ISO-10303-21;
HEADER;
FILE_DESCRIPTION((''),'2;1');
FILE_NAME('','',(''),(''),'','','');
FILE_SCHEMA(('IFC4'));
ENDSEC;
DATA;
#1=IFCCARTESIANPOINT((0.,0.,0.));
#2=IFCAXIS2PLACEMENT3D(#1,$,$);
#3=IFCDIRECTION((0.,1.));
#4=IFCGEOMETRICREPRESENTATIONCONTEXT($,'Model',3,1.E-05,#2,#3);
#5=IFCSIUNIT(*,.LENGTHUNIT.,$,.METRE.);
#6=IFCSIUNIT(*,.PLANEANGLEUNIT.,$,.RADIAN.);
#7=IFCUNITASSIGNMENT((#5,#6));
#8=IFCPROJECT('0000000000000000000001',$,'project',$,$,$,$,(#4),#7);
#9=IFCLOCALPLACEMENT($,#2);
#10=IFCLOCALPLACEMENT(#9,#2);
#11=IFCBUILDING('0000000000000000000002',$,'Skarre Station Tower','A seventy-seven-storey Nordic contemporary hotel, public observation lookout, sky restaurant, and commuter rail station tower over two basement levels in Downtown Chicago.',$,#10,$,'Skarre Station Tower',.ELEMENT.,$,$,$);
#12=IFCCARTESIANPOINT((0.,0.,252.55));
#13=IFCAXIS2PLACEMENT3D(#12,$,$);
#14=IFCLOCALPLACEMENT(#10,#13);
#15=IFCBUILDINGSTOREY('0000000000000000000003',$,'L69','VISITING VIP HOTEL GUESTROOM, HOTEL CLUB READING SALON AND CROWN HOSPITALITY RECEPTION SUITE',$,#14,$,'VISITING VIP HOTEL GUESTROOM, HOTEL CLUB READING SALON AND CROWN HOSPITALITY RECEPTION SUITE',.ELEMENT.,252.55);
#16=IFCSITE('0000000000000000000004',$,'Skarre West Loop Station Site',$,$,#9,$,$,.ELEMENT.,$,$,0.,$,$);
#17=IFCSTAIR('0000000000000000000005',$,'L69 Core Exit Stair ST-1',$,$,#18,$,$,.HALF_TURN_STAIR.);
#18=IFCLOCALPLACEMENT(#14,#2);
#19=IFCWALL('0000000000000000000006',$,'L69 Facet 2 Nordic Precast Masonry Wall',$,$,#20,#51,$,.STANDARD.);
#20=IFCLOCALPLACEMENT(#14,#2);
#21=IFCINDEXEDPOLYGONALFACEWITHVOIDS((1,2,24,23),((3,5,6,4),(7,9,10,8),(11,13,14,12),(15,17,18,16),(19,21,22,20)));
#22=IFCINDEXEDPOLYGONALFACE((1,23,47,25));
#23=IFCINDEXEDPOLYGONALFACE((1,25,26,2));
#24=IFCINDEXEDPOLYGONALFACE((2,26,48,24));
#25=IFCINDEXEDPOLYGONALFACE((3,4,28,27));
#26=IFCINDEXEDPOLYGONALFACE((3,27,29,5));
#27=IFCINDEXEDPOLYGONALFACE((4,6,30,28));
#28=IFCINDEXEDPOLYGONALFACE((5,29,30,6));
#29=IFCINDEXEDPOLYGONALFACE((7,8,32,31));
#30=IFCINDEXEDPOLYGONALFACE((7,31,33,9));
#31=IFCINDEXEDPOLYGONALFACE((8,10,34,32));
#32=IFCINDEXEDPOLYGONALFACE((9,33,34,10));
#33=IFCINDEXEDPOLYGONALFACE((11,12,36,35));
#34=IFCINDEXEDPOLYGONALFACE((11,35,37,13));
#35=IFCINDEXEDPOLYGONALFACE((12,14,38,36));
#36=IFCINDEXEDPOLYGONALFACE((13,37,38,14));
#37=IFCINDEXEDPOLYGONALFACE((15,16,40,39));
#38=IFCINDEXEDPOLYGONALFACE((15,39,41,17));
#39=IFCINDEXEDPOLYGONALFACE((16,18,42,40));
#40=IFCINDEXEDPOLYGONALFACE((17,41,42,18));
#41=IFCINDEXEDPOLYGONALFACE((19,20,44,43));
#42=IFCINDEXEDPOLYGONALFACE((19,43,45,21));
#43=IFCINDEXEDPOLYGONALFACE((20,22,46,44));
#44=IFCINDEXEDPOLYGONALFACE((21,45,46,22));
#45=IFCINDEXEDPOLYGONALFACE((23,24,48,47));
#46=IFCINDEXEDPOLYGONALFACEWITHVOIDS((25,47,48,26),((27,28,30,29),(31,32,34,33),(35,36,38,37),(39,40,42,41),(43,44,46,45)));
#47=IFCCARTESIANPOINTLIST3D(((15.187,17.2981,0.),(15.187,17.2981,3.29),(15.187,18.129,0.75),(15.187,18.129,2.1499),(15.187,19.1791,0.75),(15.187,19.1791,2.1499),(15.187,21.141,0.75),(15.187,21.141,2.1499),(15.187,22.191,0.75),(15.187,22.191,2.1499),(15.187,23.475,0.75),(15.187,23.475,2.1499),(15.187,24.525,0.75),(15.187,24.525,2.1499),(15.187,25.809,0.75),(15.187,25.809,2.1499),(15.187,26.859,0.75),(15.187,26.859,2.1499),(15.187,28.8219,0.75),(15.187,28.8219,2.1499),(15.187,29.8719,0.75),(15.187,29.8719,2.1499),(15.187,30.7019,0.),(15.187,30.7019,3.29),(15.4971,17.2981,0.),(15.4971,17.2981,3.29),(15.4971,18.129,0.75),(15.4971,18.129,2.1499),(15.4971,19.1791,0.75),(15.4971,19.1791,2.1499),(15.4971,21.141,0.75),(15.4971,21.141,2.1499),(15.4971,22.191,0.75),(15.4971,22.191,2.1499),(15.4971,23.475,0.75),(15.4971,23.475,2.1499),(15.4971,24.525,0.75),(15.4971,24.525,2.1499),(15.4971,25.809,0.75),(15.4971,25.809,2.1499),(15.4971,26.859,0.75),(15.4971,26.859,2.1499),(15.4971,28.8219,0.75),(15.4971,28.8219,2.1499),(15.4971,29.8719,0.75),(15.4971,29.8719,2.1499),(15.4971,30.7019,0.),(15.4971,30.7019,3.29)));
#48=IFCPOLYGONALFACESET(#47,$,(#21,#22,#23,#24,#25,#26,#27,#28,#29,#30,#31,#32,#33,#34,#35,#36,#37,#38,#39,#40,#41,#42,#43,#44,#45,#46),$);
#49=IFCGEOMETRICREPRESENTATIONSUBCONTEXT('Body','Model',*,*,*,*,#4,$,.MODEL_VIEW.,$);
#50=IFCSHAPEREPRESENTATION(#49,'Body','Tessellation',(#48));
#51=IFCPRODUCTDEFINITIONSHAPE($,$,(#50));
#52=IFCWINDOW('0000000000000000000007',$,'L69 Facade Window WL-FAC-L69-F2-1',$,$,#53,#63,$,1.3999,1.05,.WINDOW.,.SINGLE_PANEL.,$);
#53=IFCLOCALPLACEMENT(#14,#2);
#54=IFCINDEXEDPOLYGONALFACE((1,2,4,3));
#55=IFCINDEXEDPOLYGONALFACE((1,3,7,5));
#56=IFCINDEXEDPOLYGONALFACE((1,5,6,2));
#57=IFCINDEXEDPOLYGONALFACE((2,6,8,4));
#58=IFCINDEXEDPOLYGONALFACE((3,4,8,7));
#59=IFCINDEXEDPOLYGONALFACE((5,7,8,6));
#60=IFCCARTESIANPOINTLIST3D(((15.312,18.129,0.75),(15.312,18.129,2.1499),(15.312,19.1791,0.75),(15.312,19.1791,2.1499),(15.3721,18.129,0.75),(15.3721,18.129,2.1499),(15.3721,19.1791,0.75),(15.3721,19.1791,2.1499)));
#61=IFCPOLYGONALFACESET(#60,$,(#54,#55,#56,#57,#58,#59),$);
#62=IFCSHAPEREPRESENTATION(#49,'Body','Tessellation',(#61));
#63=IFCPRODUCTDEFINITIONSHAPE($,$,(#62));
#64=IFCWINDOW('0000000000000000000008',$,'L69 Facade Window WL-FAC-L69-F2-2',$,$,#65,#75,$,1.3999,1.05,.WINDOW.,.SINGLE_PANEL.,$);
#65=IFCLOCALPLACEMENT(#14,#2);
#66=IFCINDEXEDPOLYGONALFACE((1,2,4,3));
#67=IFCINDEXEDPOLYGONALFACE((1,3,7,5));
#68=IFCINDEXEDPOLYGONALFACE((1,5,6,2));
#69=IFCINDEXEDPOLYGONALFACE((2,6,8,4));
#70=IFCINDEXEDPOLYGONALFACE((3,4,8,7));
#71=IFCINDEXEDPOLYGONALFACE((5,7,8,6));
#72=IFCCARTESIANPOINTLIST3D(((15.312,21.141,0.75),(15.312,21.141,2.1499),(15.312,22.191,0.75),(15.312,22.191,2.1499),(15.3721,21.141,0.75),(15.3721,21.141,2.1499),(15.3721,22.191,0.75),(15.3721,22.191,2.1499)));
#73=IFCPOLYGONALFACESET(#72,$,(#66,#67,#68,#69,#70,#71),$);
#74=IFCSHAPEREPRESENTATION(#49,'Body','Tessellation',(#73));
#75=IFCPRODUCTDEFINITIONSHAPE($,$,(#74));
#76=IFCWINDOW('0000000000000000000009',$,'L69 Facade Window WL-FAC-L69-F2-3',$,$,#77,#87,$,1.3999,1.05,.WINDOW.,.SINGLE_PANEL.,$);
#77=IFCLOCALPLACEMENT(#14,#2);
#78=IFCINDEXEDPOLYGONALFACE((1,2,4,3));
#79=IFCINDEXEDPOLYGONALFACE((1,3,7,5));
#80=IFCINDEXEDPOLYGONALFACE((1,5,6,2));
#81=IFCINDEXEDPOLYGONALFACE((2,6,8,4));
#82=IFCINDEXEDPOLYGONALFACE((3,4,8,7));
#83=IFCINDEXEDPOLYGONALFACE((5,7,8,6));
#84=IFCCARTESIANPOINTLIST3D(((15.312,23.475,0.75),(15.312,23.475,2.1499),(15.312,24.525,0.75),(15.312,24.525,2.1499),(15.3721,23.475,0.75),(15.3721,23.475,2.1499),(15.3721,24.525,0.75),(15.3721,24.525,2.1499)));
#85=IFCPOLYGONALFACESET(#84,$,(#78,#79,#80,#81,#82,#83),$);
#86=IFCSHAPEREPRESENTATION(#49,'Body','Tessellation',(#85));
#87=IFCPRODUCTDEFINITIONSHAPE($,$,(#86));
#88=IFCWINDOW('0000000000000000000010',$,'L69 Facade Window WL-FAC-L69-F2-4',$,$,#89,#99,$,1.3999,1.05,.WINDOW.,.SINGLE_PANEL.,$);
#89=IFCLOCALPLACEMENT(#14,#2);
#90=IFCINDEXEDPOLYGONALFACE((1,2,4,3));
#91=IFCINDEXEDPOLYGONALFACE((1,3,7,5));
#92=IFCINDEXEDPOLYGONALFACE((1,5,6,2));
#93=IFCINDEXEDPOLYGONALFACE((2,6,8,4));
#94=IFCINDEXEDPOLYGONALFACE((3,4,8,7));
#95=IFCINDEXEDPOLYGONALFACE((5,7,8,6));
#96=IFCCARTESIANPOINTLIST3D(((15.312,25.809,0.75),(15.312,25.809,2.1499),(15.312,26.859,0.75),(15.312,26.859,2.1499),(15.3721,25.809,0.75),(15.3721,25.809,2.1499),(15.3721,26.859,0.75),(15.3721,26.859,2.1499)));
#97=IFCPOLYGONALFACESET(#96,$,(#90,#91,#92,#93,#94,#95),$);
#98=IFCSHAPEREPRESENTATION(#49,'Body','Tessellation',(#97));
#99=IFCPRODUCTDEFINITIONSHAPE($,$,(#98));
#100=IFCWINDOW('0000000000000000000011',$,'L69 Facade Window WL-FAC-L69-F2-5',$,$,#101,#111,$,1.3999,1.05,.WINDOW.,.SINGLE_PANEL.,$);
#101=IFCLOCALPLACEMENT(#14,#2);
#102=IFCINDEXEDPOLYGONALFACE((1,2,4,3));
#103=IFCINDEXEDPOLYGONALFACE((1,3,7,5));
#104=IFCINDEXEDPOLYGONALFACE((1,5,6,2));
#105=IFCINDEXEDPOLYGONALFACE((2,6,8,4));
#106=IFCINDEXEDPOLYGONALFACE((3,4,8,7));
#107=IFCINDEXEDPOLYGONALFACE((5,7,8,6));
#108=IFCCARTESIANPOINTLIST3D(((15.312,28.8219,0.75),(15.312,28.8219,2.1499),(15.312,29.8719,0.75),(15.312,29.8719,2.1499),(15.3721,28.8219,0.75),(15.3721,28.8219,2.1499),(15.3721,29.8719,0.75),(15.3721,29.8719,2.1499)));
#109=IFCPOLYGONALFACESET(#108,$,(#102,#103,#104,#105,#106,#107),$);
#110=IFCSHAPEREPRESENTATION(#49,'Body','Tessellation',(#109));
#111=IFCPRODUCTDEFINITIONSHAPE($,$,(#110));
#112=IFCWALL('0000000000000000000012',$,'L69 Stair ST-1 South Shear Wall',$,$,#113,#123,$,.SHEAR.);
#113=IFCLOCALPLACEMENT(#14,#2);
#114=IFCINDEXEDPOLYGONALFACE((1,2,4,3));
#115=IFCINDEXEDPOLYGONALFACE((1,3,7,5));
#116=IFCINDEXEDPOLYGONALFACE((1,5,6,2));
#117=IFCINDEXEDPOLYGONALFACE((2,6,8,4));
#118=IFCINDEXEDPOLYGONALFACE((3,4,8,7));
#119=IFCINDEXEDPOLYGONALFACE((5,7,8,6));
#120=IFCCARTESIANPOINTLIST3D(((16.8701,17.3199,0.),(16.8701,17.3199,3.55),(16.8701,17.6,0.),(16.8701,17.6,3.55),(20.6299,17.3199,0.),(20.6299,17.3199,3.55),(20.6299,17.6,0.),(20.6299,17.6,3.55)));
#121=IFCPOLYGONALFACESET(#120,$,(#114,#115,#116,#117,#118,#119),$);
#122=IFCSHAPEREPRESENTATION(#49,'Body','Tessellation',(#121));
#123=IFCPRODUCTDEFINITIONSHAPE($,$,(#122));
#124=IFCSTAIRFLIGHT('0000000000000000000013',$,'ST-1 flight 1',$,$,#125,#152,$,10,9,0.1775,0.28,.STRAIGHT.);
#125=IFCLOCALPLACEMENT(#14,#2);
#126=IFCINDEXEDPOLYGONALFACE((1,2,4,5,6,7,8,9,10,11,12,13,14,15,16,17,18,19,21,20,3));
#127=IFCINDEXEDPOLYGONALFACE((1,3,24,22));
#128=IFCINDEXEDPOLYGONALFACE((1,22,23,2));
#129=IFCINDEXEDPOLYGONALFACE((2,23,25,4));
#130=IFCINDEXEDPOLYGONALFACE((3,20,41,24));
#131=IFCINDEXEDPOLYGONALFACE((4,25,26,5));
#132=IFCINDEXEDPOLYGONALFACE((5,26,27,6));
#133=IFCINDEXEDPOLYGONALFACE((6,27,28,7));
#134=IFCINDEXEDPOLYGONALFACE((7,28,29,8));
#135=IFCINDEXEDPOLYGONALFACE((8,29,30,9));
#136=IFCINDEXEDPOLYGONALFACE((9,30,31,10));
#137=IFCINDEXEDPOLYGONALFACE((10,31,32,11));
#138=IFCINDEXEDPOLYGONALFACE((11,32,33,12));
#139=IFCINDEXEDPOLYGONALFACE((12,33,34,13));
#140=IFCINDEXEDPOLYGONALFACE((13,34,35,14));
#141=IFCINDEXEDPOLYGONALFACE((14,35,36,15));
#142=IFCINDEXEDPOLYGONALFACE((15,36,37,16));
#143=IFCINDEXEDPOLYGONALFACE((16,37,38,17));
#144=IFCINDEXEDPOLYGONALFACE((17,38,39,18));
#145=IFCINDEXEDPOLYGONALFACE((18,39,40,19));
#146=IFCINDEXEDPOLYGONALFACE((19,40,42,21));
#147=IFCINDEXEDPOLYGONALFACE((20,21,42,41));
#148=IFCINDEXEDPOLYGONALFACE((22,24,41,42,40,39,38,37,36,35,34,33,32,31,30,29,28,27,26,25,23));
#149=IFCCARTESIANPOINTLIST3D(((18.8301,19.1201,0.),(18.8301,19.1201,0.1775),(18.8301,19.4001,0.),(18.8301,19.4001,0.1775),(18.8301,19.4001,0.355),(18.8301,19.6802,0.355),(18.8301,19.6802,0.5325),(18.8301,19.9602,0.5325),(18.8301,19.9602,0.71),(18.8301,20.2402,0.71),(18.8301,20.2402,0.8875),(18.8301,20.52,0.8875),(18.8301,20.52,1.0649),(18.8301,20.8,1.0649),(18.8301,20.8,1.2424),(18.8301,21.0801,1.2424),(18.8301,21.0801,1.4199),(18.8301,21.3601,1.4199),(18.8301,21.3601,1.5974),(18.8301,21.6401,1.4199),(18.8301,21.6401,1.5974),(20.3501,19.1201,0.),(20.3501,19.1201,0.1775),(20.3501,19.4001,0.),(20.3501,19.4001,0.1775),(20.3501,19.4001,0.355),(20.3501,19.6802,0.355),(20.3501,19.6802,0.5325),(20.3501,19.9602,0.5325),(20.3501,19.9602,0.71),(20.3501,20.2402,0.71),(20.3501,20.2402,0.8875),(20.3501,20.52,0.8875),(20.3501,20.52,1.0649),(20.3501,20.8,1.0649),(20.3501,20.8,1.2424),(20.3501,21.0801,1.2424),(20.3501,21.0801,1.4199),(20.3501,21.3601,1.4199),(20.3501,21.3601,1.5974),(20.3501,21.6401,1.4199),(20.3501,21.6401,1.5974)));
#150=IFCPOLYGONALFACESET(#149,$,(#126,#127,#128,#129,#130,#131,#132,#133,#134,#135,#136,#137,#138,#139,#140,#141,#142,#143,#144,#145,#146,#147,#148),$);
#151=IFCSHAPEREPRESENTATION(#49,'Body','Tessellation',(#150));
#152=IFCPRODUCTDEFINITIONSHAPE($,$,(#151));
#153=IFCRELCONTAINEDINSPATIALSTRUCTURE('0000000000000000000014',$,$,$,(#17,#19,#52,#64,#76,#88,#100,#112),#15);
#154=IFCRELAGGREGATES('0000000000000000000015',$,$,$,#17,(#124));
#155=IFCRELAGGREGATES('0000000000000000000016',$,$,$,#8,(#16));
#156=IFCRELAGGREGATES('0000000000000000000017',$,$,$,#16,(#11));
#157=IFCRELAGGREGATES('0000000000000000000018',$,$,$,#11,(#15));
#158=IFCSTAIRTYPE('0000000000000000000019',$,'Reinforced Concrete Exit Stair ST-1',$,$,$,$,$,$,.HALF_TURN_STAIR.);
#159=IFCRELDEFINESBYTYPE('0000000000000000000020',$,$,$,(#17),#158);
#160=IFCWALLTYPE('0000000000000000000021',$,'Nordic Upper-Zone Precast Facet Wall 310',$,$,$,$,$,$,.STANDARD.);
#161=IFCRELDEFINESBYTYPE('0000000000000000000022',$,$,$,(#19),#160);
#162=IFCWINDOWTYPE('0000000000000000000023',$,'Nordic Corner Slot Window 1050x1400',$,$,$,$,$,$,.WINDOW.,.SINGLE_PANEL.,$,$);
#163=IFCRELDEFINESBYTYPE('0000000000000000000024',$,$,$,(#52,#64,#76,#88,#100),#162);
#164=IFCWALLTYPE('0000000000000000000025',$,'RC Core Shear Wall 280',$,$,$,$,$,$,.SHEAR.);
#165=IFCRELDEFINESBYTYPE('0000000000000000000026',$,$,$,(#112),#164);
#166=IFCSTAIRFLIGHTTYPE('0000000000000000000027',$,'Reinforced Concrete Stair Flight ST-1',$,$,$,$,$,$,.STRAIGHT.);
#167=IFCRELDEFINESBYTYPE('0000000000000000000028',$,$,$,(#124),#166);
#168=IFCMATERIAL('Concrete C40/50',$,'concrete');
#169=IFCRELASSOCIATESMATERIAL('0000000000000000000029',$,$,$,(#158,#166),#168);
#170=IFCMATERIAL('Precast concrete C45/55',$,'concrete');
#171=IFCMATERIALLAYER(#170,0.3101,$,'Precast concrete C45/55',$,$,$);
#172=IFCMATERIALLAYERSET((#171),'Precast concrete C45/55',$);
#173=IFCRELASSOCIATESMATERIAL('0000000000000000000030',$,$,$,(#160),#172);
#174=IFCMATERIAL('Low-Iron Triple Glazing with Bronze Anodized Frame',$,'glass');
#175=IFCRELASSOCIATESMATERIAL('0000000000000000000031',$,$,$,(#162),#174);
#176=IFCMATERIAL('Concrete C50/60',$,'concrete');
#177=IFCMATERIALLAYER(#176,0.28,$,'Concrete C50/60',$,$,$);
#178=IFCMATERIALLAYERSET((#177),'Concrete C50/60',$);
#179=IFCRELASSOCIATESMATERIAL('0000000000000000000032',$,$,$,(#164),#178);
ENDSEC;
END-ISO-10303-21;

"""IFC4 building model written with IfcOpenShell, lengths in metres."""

from ifc_helpers import new_model, si_unit, direction, frame, frame_2d, origin, place, context, subcontext, project, spatial, polyline, rectangle, outline, extrude, material, layer, layer_set, type_object, element, fill, aggregate, save


model = new_model("IFC4")

# Units and contexts
model_context = context("Model", 3, precision=1e-05, world=origin(), true_north=direction((0.0, 1.0)))
body_context = subcontext(model_context, "Body", "Model", "MODEL_VIEW")
ifc_project = project(units=[si_unit("LENGTHUNIT", "METRE"), si_unit("PLANEANGLEUNIT", "RADIAN")], contexts=[model_context])

# Site, building, storey
site_placement = place(None, origin())
site = spatial("IfcSite", under=ifc_project, at=site_placement, Name="Skarre West Loop Station Site", CompositionType="ELEMENT", RefElevation=0.0)
building_placement = place(site_placement, origin())
building = spatial("IfcBuilding", under=site, at=building_placement, Name="Skarre Station Tower", Description="A seventy-seven-storey Nordic contemporary hotel, public observation lookout, sky restaurant, and commuter rail station tower over two basement levels in Downtown Chicago.", LongName="Skarre Station Tower", CompositionType="ELEMENT")
storey_placement = place(building_placement, frame((0.0, 0.0, 252.55)))
storey = spatial("IfcBuildingStorey", under=building, at=storey_placement, Name="L69", Description="VISITING VIP HOTEL GUESTROOM, HOTEL CLUB READING SALON AND CROWN HOSPITALITY RECEPTION SUITE", LongName="VISITING VIP HOTEL GUESTROOM, HOTEL CLUB READING SALON AND CROWN HOSPITALITY RECEPTION SUITE", CompositionType="ELEMENT", Elevation=252.55)

# Shared definitions
ifc_material_1 = material(Name="Concrete C50/60", Category="concrete")

# Stair
ifc_material_2 = material(Name="Concrete C40/50", Category="concrete")
stair_type_1 = type_object("IfcStairType", Name="Reinforced Concrete Exit Stair ST-1", PredefinedType="HALF_TURN_STAIR", material=ifc_material_2)
stair_1_placement = place(storey_placement, origin())
stair_1 = element("IfcStair", 1, at=stair_1_placement, inside=storey, type_object=stair_type_1, Name="L69 Core Exit Stair ST-1", PredefinedType="HALF_TURN_STAIR")

# Shared definitions
ifc_material_3 = material(Name="Precast concrete C45/55", Category="concrete")

# Wall, openings, windows
ifc_layer_1 = layer(ifc_material_3, 0.3101, Name="Precast concrete C45/55")
ifc_layer_set_1 = layer_set([ifc_layer_1], Name="Precast concrete C45/55")
wall_type_1 = type_object("IfcWallType", Name="Nordic Upper-Zone Precast Facet Wall 310", PredefinedType="STANDARD", material=ifc_layer_set_1)
wall_1_placement = place(storey_placement, frame((15.342, 17.2981, 0.0), z_axis=(0.0, 0.0, 1.0), x_axis=(0.0, 1.0, 0.0)))
wall_1 = element("IfcWall", 2, at=wall_1_placement, inside=storey, type_object=wall_type_1, Name="L69 Facet 2 Nordic Precast Masonry Wall", PredefinedType="STANDARD", context=body_context, shape_type="SweptSolid", body=[
    extrude(rectangle(XDim=13.4038, YDim=0.3101, at=frame_2d((6.7019, 0.0))), origin(), (0.0, 0.0, 1.0), 3.29),
])
opening_1_placement = place(wall_1_placement, frame((0.8311, 0.0, 0.75)))
opening_1 = element("IfcOpeningElement", 3, at=opening_1_placement, cuts=wall_1, PredefinedType="OPENING", context=body_context, shape_type="SweptSolid", body=[
    extrude(rectangle(XDim=1.05, YDim=1.3999, at=frame_2d((0.5249, 0.7))), frame((0.0, 0.165, 0.0), z_axis=(0.0, -1.0, 0.0), x_axis=(1.0, 0.0, 0.0)), (0.0, 0.0, 1.0), 0.3301),
])
opening_2_placement = place(wall_1_placement, frame((3.843, 0.0, 0.75)))
opening_2 = element("IfcOpeningElement", 4, at=opening_2_placement, cuts=wall_1, PredefinedType="OPENING", context=body_context, shape_type="SweptSolid", body=[
    extrude(rectangle(XDim=1.05, YDim=1.3999, at=frame_2d((0.5249, 0.7))), frame((0.0, 0.165, 0.0), z_axis=(0.0, -1.0, 0.0), x_axis=(1.0, 0.0, 0.0)), (0.0, 0.0, 1.0), 0.3301),
])
opening_3_placement = place(wall_1_placement, frame((6.177, 0.0, 0.75)))
opening_3 = element("IfcOpeningElement", 5, at=opening_3_placement, cuts=wall_1, PredefinedType="OPENING", context=body_context, shape_type="SweptSolid", body=[
    extrude(rectangle(XDim=1.05, YDim=1.3999, at=frame_2d((0.5249, 0.7))), frame((0.0, 0.165, 0.0), z_axis=(0.0, -1.0, 0.0), x_axis=(1.0, 0.0, 0.0)), (0.0, 0.0, 1.0), 0.3301),
])
opening_4_placement = place(wall_1_placement, frame((8.511, 0.0, 0.75)))
opening_4 = element("IfcOpeningElement", 6, at=opening_4_placement, cuts=wall_1, PredefinedType="OPENING", context=body_context, shape_type="SweptSolid", body=[
    extrude(rectangle(XDim=1.05, YDim=1.3999, at=frame_2d((0.5249, 0.7))), frame((0.0, 0.165, 0.0), z_axis=(0.0, -1.0, 0.0), x_axis=(1.0, 0.0, 0.0)), (0.0, 0.0, 1.0), 0.3301),
])
opening_5_placement = place(wall_1_placement, frame((11.5239, 0.0, 0.75)))
opening_5 = element("IfcOpeningElement", 7, at=opening_5_placement, cuts=wall_1, PredefinedType="OPENING", context=body_context, shape_type="SweptSolid", body=[
    extrude(rectangle(XDim=1.05, YDim=1.3999, at=frame_2d((0.5249, 0.7))), frame((0.0, 0.165, 0.0), z_axis=(0.0, -1.0, 0.0), x_axis=(1.0, 0.0, 0.0)), (0.0, 0.0, 1.0), 0.3301),
])
ifc_material_4 = material(Name="Low-Iron Triple Glazing with Bronze Anodized Frame", Category="glass")
window_type = type_object("IfcWindowType", Name="Nordic Corner Slot Window 1050x1400", PartitioningType="SINGLE_PANEL", PredefinedType="WINDOW", material=ifc_material_4)
window_1_placement = place(opening_1_placement, origin())
window_1 = element("IfcWindow", 8, at=window_1_placement, inside=storey, type_object=window_type, Name="L69 Facade Window WL-FAC-L69-F2-1", OverallHeight=1.3999, OverallWidth=1.05, PartitioningType="SINGLE_PANEL", PredefinedType="WINDOW", context=body_context, shape_type="SweptSolid", body=[
    extrude(rectangle(XDim=1.05, YDim=1.3999, at=frame_2d((0.5249, 0.7))), frame((0.0, 0.03, 0.0), z_axis=(0.0, -1.0, 0.0), x_axis=(1.0, 0.0, 0.0)), (0.0, 0.0, 1.0), 0.0601),
])
fill(opening_1, window_1)
window_2_placement = place(opening_2_placement, origin())
window_2 = element("IfcWindow", 9, at=window_2_placement, inside=storey, type_object=window_type, Name="L69 Facade Window WL-FAC-L69-F2-2", OverallHeight=1.3999, OverallWidth=1.05, PartitioningType="SINGLE_PANEL", PredefinedType="WINDOW", context=body_context, shape_type="SweptSolid", body=[
    extrude(rectangle(XDim=1.05, YDim=1.3999, at=frame_2d((0.5249, 0.7))), frame((0.0, 0.03, 0.0), z_axis=(0.0, -1.0, 0.0), x_axis=(1.0, 0.0, 0.0)), (0.0, 0.0, 1.0), 0.0601),
])
fill(opening_2, window_2)
window_3_placement = place(opening_3_placement, origin())
window_3 = element("IfcWindow", 10, at=window_3_placement, inside=storey, type_object=window_type, Name="L69 Facade Window WL-FAC-L69-F2-3", OverallHeight=1.3999, OverallWidth=1.05, PartitioningType="SINGLE_PANEL", PredefinedType="WINDOW", context=body_context, shape_type="SweptSolid", body=[
    extrude(rectangle(XDim=1.05, YDim=1.3999, at=frame_2d((0.5249, 0.7))), frame((0.0, 0.03, 0.0), z_axis=(0.0, -1.0, 0.0), x_axis=(1.0, 0.0, 0.0)), (0.0, 0.0, 1.0), 0.0601),
])
fill(opening_3, window_3)
window_4_placement = place(opening_4_placement, origin())
window_4 = element("IfcWindow", 11, at=window_4_placement, inside=storey, type_object=window_type, Name="L69 Facade Window WL-FAC-L69-F2-4", OverallHeight=1.3999, OverallWidth=1.05, PartitioningType="SINGLE_PANEL", PredefinedType="WINDOW", context=body_context, shape_type="SweptSolid", body=[
    extrude(rectangle(XDim=1.05, YDim=1.3999, at=frame_2d((0.5249, 0.7))), frame((0.0, 0.03, 0.0), z_axis=(0.0, -1.0, 0.0), x_axis=(1.0, 0.0, 0.0)), (0.0, 0.0, 1.0), 0.0601),
])
fill(opening_4, window_4)
window_5_placement = place(opening_5_placement, origin())
window_5 = element("IfcWindow", 12, at=window_5_placement, inside=storey, type_object=window_type, Name="L69 Facade Window WL-FAC-L69-F2-5", OverallHeight=1.3999, OverallWidth=1.05, PartitioningType="SINGLE_PANEL", PredefinedType="WINDOW", context=body_context, shape_type="SweptSolid", body=[
    extrude(rectangle(XDim=1.05, YDim=1.3999, at=frame_2d((0.5249, 0.7))), frame((0.0, 0.03, 0.0), z_axis=(0.0, -1.0, 0.0), x_axis=(1.0, 0.0, 0.0)), (0.0, 0.0, 1.0), 0.0601),
])
fill(opening_5, window_5)

# Wall
ifc_layer_2 = layer(ifc_material_1, 0.28, Name="Concrete C50/60")
ifc_layer_set_2 = layer_set([ifc_layer_2], Name="Concrete C50/60")
wall_type_2 = type_object("IfcWallType", Name="RC Core Shear Wall 280", PredefinedType="SHEAR", material=ifc_layer_set_2)
wall_2_placement = place(storey_placement, frame((16.8701, 17.46, 0.0), z_axis=(0.0, 0.0, 1.0), x_axis=(1.0, 0.0, 0.0)))
element("IfcWall", 13, at=wall_2_placement, inside=storey, type_object=wall_type_2, Name="L69 Stair ST-1 South Shear Wall", PredefinedType="SHEAR", context=body_context, shape_type="SweptSolid", body=[
    extrude(rectangle(XDim=3.7598, YDim=0.28, at=frame_2d((1.8799, 0.0))), origin(), (0.0, 0.0, 1.0), 3.55),
])

# Stair flight
stair_flight_type = type_object("IfcStairFlightType", Name="Reinforced Concrete Stair Flight ST-1", PredefinedType="STRAIGHT", material=ifc_material_2)
stair_flight_placement = place(storey_placement, frame((19.5901, 19.1201, 0.0), z_axis=(0.0, 0.0, 1.0), x_axis=(0.0, 1.0, 0.0)))
stair_flight = element("IfcStairFlight", 14, at=stair_flight_placement, type_object=stair_flight_type, Name="ST-1 flight 1", NumberOfRisers=10, NumberOfTreads=9, PredefinedType="STRAIGHT", RiserHeight=0.1775, TreadLength=0.28, context=body_context, shape_type="SweptSolid", body=[
    extrude(outline(polyline([(0.0, 0.0), (0.0, 0.1775), (0.28, 0.1775), (0.28, 0.355), (0.5601, 0.355), (0.5601, 0.5325), (0.8401, 0.5325), (0.8401, 0.71), (1.1201, 0.71), (1.1201, 0.8875), (1.3999, 0.8875), (1.3999, 1.0649), (1.6799, 1.0649), (1.6799, 1.2424), (1.96, 1.2424), (1.96, 1.4199), (2.24, 1.4199), (2.24, 1.5974), (2.52, 1.5974), (2.52, 1.7749), (2.52, 1.4199), (0.28, 0.0), (0.0, 0.0)])), frame((0.0, 0.76, 0.0), z_axis=(0.0, -1.0, 0.0), x_axis=(1.0, 0.0, 0.0)), (0.0, 0.0, 1.0), 1.52),
])
aggregate(stair_1, [stair_flight])

save(model, "model.ifc")
